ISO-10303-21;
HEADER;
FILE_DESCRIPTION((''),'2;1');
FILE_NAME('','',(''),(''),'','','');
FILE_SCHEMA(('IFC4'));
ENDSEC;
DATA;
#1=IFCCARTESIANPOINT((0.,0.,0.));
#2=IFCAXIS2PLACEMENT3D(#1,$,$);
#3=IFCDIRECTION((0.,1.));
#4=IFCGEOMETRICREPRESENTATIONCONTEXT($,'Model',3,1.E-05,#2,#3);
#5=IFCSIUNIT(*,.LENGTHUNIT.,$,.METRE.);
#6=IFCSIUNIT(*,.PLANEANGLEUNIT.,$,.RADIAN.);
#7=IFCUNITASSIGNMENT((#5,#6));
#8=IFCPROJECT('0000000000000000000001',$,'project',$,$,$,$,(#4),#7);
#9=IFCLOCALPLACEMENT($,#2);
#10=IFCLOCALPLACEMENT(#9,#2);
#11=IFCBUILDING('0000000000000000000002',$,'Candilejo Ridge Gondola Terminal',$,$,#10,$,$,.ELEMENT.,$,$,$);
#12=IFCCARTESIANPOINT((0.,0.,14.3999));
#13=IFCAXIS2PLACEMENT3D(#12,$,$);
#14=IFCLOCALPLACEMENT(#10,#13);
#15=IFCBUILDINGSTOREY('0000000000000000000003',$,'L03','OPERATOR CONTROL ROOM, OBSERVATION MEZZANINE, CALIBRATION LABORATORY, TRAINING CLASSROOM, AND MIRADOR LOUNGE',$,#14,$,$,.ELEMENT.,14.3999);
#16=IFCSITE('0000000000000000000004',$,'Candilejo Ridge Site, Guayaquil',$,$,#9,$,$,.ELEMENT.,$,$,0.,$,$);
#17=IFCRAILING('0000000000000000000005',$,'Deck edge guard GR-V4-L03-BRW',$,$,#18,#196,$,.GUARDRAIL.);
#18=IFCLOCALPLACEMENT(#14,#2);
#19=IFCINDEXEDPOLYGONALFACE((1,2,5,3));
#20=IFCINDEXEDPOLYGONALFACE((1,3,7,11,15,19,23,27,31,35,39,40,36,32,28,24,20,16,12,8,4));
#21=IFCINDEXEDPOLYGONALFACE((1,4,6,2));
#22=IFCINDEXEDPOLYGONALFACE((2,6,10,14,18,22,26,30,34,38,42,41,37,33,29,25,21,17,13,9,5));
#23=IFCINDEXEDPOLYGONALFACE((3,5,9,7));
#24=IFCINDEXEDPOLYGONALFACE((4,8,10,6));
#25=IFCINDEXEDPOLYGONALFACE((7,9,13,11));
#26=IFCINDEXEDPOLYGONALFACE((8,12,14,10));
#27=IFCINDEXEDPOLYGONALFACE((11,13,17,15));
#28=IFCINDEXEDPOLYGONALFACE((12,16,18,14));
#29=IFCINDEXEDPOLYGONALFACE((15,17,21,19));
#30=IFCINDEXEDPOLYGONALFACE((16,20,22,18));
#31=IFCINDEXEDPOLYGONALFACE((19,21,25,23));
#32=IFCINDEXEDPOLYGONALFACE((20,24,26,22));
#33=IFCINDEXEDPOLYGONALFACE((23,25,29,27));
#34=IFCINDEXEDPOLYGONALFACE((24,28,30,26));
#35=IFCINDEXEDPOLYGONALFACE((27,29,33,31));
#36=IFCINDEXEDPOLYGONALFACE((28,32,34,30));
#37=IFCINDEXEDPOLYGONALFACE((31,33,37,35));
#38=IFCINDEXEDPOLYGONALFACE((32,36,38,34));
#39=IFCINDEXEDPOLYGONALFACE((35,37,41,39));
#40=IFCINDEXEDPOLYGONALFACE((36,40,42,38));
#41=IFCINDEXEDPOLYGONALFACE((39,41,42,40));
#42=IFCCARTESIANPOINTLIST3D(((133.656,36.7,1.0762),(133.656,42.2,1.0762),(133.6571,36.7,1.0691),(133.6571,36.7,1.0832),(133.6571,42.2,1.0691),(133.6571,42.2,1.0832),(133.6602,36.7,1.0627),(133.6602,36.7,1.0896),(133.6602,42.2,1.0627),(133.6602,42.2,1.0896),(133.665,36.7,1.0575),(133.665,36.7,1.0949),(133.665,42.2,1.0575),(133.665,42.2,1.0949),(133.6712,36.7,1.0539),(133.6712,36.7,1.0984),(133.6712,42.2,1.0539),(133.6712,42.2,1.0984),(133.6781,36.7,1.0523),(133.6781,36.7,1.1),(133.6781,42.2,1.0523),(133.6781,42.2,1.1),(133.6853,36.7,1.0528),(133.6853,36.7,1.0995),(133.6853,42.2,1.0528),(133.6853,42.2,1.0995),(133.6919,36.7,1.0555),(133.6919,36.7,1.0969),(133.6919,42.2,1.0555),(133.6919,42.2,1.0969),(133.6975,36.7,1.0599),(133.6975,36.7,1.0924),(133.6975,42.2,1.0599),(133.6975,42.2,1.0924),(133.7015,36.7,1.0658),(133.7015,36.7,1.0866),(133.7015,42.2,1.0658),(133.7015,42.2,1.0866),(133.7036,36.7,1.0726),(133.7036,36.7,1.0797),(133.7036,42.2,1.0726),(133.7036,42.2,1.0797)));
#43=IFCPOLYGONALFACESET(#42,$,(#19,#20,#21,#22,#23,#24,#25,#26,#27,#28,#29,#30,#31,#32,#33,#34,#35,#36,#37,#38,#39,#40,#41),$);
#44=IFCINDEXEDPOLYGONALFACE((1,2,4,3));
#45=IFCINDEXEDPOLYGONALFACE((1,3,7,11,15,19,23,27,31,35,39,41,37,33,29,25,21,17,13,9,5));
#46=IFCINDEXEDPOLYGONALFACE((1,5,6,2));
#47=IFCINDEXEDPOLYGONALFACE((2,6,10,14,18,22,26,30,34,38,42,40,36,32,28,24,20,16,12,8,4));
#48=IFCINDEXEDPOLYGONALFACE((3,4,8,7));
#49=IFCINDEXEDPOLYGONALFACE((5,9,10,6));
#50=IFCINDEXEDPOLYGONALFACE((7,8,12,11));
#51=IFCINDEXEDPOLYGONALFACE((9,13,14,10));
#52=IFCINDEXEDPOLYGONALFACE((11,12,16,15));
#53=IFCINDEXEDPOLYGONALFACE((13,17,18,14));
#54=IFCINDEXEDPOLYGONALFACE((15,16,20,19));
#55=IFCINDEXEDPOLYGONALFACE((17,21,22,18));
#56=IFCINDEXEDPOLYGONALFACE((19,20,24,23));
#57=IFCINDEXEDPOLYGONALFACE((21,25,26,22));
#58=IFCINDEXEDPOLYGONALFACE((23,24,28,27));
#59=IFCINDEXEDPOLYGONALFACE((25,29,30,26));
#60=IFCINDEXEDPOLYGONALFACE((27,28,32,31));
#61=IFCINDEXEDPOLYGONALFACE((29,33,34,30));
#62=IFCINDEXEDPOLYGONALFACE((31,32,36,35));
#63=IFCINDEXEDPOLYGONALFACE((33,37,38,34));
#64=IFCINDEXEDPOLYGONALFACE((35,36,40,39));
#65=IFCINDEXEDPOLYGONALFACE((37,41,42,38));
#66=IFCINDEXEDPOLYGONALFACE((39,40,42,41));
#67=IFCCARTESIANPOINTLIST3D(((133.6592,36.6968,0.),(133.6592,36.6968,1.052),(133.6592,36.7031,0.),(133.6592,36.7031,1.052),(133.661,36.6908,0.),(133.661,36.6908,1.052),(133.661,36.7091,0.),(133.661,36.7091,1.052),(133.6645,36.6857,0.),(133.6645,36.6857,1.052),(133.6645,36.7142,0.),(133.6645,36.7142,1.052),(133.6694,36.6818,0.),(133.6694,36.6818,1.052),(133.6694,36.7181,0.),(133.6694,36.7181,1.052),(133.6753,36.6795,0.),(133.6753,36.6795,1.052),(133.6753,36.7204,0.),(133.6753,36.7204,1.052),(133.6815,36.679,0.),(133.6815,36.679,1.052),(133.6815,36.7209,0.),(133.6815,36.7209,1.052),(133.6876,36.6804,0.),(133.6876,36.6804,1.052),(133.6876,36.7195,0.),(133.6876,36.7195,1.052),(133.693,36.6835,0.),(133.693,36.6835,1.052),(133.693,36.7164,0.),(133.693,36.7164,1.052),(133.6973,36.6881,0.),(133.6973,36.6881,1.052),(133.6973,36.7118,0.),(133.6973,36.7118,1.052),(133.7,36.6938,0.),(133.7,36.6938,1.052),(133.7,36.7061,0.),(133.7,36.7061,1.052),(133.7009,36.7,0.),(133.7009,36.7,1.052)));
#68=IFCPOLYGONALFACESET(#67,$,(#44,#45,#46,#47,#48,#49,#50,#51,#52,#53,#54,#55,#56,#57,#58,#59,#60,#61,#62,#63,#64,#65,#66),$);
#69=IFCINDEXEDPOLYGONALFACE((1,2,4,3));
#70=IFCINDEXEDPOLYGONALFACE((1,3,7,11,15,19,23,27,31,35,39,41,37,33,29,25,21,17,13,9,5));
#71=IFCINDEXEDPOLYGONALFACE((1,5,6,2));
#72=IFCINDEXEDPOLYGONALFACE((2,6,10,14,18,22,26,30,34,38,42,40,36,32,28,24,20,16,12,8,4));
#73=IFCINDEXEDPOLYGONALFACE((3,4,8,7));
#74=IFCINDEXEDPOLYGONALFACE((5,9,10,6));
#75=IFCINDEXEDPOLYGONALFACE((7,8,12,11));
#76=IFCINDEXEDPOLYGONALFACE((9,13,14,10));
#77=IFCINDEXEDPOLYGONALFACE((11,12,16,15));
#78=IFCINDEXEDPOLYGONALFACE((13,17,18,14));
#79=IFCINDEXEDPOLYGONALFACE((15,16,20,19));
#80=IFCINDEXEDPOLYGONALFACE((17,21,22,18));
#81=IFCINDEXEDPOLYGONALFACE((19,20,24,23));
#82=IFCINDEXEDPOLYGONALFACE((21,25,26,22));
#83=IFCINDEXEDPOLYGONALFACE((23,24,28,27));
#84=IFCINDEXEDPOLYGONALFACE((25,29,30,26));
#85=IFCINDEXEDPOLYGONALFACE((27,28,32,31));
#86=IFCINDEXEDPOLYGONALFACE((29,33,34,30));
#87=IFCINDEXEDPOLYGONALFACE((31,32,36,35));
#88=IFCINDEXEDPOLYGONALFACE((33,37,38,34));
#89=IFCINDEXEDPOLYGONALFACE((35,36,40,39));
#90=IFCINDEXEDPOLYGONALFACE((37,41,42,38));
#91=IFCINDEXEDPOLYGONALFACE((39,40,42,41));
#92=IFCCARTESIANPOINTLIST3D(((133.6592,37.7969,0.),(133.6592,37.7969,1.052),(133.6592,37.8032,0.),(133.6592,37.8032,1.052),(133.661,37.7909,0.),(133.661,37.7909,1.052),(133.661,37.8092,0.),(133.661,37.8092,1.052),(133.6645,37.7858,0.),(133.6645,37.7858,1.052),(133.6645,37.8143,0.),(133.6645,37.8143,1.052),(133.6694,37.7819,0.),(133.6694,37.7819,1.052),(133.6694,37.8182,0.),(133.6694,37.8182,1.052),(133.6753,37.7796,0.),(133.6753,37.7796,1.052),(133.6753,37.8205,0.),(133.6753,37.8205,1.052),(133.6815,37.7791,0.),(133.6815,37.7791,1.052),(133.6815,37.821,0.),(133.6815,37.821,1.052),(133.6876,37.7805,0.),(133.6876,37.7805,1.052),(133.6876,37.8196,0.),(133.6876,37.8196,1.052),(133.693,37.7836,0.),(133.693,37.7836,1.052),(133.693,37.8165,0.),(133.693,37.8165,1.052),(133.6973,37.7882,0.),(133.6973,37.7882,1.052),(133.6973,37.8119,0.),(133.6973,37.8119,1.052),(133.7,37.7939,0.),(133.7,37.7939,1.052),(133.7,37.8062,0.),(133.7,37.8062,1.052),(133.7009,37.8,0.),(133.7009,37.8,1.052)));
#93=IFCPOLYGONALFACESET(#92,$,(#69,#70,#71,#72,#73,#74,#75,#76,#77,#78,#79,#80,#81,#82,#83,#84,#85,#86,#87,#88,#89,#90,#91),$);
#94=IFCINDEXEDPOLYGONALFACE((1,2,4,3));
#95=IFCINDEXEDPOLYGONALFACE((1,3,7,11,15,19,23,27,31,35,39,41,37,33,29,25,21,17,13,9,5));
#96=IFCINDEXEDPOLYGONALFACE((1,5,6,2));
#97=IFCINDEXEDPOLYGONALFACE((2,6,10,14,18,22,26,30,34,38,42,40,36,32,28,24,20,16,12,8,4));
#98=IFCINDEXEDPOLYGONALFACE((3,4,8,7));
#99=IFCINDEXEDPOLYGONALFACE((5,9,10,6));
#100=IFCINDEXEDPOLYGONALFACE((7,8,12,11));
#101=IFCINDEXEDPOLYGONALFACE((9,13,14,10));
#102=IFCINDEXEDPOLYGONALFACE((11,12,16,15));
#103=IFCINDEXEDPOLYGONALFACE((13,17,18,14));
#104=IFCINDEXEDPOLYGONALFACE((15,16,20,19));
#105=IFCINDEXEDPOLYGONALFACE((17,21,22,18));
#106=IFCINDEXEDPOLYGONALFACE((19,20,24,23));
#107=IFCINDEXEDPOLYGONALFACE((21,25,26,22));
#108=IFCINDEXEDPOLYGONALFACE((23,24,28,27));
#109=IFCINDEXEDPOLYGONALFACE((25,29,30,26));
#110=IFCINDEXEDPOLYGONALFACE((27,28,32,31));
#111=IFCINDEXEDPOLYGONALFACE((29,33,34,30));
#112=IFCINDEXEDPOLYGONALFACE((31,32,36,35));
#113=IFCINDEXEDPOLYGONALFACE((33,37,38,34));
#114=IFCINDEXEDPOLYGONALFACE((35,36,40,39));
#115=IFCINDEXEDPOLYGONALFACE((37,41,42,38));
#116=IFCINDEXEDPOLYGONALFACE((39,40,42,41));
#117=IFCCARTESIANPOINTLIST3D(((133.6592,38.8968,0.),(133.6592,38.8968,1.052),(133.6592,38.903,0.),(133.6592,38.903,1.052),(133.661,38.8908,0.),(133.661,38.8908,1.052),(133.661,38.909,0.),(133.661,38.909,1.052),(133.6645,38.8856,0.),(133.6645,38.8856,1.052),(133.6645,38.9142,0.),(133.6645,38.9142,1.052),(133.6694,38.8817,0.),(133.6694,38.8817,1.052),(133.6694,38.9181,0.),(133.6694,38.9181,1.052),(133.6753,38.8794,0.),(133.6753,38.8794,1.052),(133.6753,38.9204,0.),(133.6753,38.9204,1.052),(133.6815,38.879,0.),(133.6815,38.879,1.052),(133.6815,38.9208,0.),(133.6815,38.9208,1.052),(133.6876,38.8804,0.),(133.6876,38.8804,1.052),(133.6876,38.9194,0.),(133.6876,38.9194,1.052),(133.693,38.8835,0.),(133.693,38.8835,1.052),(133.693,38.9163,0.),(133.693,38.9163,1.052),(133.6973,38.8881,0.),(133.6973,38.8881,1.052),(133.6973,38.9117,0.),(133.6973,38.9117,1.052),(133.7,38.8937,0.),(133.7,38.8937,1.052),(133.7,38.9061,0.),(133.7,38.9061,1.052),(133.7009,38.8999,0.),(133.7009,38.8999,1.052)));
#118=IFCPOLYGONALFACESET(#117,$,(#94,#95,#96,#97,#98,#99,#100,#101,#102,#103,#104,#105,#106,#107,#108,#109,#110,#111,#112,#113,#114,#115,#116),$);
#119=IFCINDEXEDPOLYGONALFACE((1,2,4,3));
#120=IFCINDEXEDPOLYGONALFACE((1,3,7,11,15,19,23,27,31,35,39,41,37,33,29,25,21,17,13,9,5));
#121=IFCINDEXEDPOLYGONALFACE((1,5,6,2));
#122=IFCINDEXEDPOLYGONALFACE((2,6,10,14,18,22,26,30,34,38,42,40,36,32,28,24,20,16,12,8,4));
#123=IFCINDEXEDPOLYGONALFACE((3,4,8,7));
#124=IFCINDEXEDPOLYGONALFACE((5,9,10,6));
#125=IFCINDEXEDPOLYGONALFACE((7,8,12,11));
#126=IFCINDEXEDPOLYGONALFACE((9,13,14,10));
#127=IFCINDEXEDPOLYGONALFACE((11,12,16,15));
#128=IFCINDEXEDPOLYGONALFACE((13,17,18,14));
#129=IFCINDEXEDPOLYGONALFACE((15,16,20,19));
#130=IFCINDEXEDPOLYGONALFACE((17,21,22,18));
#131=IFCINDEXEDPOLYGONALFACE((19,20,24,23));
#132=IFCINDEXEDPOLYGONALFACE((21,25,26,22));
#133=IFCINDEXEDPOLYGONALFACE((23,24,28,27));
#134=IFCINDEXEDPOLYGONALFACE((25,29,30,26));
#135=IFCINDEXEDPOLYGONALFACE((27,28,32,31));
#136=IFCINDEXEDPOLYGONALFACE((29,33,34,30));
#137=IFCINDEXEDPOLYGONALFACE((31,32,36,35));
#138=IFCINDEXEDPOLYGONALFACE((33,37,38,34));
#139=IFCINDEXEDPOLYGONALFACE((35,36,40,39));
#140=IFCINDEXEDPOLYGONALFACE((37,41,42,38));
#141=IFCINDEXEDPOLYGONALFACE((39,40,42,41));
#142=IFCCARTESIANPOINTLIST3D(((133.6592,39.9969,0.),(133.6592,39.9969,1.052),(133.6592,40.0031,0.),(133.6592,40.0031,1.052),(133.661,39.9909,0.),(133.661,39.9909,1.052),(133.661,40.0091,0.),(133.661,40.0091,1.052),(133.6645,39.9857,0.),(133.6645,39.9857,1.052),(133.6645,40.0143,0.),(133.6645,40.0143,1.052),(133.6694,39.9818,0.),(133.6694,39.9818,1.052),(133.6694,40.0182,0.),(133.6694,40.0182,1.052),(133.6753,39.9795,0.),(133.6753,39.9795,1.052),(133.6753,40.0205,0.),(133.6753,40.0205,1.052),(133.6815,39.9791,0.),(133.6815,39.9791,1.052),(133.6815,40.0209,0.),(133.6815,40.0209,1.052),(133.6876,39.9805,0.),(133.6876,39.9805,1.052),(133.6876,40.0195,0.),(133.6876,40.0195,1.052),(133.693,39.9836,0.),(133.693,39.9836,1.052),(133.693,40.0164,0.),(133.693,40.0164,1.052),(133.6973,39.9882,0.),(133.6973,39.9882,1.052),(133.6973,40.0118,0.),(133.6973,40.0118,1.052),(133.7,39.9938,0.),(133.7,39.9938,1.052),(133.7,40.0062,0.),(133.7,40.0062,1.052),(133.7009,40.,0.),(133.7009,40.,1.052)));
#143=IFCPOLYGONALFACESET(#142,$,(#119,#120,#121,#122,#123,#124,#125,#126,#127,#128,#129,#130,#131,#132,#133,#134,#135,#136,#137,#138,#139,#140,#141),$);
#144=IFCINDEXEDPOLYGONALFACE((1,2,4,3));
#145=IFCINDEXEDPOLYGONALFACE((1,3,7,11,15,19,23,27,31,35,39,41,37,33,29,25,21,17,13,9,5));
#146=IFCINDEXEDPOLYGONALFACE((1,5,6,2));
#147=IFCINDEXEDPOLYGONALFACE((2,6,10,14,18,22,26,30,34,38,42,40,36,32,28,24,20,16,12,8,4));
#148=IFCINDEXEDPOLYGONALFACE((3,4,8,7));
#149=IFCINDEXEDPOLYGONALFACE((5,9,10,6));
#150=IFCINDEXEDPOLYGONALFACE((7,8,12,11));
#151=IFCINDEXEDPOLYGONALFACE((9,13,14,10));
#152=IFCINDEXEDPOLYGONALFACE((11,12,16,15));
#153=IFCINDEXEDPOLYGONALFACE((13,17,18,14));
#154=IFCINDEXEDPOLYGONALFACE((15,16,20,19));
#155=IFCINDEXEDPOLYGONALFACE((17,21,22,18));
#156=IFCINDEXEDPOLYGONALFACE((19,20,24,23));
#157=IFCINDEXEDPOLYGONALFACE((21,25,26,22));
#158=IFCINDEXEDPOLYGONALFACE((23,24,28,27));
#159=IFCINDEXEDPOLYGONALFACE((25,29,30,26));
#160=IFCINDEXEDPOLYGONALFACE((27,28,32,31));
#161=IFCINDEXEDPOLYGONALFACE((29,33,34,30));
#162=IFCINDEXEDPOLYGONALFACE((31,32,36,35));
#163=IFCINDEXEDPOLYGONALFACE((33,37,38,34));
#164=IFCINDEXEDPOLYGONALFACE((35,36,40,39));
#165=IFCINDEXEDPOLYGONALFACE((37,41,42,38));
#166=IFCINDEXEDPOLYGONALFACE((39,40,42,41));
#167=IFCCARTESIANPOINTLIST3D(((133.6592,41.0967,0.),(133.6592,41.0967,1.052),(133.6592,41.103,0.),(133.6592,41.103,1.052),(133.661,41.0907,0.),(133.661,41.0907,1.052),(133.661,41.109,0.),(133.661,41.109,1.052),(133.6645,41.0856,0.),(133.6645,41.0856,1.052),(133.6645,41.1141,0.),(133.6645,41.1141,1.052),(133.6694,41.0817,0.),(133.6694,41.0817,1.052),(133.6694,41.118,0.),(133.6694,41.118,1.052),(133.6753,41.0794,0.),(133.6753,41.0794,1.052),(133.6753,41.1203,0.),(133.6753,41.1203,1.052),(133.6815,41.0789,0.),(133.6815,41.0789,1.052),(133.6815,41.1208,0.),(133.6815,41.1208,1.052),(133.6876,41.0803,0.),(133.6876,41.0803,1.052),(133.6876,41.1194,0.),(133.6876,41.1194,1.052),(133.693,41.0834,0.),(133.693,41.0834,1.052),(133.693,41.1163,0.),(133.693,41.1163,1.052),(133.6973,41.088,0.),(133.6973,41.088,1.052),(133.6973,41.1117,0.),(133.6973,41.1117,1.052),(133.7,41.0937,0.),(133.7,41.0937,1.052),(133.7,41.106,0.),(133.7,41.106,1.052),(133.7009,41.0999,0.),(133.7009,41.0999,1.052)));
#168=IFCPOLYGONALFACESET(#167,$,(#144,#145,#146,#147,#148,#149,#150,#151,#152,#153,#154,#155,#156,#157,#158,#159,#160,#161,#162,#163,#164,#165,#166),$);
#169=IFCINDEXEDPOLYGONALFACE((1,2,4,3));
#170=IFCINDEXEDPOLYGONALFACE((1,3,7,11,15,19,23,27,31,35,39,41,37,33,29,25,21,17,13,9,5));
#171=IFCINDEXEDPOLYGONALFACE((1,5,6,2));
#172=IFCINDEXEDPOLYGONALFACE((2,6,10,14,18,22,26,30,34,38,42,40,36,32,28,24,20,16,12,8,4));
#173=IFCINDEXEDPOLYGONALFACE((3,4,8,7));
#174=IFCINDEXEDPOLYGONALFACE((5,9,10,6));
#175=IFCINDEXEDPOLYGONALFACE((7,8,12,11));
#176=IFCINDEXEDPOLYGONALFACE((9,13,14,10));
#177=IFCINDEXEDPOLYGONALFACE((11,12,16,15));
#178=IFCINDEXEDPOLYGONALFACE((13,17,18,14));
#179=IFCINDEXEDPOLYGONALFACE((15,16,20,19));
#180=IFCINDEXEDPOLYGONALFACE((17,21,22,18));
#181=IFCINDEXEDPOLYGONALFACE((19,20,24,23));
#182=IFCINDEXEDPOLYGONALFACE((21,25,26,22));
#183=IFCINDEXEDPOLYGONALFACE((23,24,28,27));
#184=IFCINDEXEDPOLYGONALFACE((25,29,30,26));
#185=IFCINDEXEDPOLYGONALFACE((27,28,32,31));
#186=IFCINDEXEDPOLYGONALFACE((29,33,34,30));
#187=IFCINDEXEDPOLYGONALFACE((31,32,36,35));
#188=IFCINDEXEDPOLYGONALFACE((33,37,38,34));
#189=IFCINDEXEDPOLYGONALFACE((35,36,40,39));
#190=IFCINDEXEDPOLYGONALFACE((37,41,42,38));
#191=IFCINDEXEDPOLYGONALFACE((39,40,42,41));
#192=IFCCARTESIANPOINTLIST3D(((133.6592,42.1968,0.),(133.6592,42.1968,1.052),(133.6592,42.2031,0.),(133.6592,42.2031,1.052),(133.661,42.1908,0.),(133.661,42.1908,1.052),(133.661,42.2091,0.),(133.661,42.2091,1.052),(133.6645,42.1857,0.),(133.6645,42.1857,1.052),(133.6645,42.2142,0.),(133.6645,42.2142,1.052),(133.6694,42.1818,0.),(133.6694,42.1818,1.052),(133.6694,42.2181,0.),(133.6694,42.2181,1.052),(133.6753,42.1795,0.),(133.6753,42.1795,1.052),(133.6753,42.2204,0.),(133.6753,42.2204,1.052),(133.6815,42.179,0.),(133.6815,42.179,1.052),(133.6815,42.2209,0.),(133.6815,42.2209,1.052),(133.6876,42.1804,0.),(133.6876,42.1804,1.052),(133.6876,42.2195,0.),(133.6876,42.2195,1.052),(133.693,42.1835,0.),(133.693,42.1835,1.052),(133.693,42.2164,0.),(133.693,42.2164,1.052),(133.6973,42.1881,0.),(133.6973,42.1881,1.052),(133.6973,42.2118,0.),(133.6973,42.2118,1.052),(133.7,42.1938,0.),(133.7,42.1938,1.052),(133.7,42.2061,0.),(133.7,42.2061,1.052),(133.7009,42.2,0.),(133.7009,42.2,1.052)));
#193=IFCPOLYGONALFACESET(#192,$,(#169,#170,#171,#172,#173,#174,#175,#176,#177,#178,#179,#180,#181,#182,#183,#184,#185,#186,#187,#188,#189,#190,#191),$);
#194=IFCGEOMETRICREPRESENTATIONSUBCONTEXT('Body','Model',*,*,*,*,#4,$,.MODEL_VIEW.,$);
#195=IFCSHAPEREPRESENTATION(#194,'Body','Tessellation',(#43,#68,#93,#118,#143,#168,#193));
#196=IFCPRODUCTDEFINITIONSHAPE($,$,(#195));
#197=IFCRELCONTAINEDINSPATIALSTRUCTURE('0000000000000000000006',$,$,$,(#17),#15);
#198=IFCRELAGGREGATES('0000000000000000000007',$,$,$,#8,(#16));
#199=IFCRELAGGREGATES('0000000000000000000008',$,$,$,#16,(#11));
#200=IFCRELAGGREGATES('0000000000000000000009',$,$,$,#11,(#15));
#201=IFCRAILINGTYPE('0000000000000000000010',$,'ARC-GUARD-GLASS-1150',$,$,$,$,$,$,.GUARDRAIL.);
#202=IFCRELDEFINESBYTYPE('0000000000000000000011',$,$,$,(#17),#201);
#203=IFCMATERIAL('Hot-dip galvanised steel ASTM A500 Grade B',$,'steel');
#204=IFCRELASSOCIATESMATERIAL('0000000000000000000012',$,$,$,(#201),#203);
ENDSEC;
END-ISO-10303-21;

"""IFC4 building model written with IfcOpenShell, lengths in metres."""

from ifc_helpers import new_model, si_unit, direction, frame, origin, origin_2d, place, context, subcontext, project, spatial, circle, extrude, material, type_object, element, save


model = new_model("IFC4")

# Units and contexts
model_context = context("Model", 3, precision=1e-05, world=origin(), true_north=direction((0.0, 1.0)))
body_context = subcontext(model_context, "Body", "Model", "MODEL_VIEW")
ifc_project = project(units=[si_unit("LENGTHUNIT", "METRE"), si_unit("PLANEANGLEUNIT", "RADIAN")], contexts=[model_context])

# Site, building, storey
site_placement = place(None, origin())
site = spatial("IfcSite", under=ifc_project, at=site_placement, Name="Candilejo Ridge Site, Guayaquil", CompositionType="ELEMENT", RefElevation=0.0)
building_placement = place(site_placement, origin())
building = spatial("IfcBuilding", under=site, at=building_placement, Name="Candilejo Ridge Gondola Terminal", CompositionType="ELEMENT")
storey_placement = place(building_placement, frame((0.0, 0.0, 14.3999)))
storey = spatial("IfcBuildingStorey", under=building, at=storey_placement, Name="L03", Description="OPERATOR CONTROL ROOM, OBSERVATION MEZZANINE, CALIBRATION LABORATORY, TRAINING CLASSROOM, AND MIRADOR LOUNGE", CompositionType="ELEMENT", Elevation=14.3999)

# Railing
ifc_material_1 = material(Name="Hot-dip galvanised steel ASTM A500 Grade B", Category="steel")
railing_type = type_object("IfcRailingType", Name="ARC-GUARD-GLASS-1150", PredefinedType="GUARDRAIL", material=ifc_material_1)
railing_1_placement = place(storey_placement, frame((133.6799, 36.7, 0.0)))
element("IfcRailing", 1, at=railing_1_placement, inside=storey, type_object=railing_type, Name="Deck edge guard GR-V4-L03-BRW", PredefinedType="GUARDRAIL", context=body_context, shape_type="SweptSolid", body=[
    extrude(circle(Radius=0.0239, at=origin_2d()), frame((0.0, 0.0, 1.0762), z_axis=(0.0, 1.0, 0.0), x_axis=(-1.0, 0.0, 0.0)), (0.0, 0.0, 1.0), 5.5),
    extrude(circle(Radius=0.021, at=origin_2d()), origin(), (0.0, 0.0, 1.0), 1.052),
    extrude(circle(Radius=0.021, at=origin_2d()), frame((0.0, 1.1001, 0.0)), (0.0, 0.0, 1.0), 1.052),
    extrude(circle(Radius=0.021, at=origin_2d()), frame((0.0, 2.2, 0.0)), (0.0, 0.0, 1.0), 1.052),
    extrude(circle(Radius=0.021, at=origin_2d()), frame((0.0, 3.3, 0.0)), (0.0, 0.0, 1.0), 1.052),
    extrude(circle(Radius=0.021, at=origin_2d()), frame((0.0, 4.3999, 0.0)), (0.0, 0.0, 1.0), 1.052),
    extrude(circle(Radius=0.021, at=origin_2d()), frame((0.0, 5.5, 0.0)), (0.0, 0.0, 1.0), 1.052),
])

save(model, "model.ifc")
